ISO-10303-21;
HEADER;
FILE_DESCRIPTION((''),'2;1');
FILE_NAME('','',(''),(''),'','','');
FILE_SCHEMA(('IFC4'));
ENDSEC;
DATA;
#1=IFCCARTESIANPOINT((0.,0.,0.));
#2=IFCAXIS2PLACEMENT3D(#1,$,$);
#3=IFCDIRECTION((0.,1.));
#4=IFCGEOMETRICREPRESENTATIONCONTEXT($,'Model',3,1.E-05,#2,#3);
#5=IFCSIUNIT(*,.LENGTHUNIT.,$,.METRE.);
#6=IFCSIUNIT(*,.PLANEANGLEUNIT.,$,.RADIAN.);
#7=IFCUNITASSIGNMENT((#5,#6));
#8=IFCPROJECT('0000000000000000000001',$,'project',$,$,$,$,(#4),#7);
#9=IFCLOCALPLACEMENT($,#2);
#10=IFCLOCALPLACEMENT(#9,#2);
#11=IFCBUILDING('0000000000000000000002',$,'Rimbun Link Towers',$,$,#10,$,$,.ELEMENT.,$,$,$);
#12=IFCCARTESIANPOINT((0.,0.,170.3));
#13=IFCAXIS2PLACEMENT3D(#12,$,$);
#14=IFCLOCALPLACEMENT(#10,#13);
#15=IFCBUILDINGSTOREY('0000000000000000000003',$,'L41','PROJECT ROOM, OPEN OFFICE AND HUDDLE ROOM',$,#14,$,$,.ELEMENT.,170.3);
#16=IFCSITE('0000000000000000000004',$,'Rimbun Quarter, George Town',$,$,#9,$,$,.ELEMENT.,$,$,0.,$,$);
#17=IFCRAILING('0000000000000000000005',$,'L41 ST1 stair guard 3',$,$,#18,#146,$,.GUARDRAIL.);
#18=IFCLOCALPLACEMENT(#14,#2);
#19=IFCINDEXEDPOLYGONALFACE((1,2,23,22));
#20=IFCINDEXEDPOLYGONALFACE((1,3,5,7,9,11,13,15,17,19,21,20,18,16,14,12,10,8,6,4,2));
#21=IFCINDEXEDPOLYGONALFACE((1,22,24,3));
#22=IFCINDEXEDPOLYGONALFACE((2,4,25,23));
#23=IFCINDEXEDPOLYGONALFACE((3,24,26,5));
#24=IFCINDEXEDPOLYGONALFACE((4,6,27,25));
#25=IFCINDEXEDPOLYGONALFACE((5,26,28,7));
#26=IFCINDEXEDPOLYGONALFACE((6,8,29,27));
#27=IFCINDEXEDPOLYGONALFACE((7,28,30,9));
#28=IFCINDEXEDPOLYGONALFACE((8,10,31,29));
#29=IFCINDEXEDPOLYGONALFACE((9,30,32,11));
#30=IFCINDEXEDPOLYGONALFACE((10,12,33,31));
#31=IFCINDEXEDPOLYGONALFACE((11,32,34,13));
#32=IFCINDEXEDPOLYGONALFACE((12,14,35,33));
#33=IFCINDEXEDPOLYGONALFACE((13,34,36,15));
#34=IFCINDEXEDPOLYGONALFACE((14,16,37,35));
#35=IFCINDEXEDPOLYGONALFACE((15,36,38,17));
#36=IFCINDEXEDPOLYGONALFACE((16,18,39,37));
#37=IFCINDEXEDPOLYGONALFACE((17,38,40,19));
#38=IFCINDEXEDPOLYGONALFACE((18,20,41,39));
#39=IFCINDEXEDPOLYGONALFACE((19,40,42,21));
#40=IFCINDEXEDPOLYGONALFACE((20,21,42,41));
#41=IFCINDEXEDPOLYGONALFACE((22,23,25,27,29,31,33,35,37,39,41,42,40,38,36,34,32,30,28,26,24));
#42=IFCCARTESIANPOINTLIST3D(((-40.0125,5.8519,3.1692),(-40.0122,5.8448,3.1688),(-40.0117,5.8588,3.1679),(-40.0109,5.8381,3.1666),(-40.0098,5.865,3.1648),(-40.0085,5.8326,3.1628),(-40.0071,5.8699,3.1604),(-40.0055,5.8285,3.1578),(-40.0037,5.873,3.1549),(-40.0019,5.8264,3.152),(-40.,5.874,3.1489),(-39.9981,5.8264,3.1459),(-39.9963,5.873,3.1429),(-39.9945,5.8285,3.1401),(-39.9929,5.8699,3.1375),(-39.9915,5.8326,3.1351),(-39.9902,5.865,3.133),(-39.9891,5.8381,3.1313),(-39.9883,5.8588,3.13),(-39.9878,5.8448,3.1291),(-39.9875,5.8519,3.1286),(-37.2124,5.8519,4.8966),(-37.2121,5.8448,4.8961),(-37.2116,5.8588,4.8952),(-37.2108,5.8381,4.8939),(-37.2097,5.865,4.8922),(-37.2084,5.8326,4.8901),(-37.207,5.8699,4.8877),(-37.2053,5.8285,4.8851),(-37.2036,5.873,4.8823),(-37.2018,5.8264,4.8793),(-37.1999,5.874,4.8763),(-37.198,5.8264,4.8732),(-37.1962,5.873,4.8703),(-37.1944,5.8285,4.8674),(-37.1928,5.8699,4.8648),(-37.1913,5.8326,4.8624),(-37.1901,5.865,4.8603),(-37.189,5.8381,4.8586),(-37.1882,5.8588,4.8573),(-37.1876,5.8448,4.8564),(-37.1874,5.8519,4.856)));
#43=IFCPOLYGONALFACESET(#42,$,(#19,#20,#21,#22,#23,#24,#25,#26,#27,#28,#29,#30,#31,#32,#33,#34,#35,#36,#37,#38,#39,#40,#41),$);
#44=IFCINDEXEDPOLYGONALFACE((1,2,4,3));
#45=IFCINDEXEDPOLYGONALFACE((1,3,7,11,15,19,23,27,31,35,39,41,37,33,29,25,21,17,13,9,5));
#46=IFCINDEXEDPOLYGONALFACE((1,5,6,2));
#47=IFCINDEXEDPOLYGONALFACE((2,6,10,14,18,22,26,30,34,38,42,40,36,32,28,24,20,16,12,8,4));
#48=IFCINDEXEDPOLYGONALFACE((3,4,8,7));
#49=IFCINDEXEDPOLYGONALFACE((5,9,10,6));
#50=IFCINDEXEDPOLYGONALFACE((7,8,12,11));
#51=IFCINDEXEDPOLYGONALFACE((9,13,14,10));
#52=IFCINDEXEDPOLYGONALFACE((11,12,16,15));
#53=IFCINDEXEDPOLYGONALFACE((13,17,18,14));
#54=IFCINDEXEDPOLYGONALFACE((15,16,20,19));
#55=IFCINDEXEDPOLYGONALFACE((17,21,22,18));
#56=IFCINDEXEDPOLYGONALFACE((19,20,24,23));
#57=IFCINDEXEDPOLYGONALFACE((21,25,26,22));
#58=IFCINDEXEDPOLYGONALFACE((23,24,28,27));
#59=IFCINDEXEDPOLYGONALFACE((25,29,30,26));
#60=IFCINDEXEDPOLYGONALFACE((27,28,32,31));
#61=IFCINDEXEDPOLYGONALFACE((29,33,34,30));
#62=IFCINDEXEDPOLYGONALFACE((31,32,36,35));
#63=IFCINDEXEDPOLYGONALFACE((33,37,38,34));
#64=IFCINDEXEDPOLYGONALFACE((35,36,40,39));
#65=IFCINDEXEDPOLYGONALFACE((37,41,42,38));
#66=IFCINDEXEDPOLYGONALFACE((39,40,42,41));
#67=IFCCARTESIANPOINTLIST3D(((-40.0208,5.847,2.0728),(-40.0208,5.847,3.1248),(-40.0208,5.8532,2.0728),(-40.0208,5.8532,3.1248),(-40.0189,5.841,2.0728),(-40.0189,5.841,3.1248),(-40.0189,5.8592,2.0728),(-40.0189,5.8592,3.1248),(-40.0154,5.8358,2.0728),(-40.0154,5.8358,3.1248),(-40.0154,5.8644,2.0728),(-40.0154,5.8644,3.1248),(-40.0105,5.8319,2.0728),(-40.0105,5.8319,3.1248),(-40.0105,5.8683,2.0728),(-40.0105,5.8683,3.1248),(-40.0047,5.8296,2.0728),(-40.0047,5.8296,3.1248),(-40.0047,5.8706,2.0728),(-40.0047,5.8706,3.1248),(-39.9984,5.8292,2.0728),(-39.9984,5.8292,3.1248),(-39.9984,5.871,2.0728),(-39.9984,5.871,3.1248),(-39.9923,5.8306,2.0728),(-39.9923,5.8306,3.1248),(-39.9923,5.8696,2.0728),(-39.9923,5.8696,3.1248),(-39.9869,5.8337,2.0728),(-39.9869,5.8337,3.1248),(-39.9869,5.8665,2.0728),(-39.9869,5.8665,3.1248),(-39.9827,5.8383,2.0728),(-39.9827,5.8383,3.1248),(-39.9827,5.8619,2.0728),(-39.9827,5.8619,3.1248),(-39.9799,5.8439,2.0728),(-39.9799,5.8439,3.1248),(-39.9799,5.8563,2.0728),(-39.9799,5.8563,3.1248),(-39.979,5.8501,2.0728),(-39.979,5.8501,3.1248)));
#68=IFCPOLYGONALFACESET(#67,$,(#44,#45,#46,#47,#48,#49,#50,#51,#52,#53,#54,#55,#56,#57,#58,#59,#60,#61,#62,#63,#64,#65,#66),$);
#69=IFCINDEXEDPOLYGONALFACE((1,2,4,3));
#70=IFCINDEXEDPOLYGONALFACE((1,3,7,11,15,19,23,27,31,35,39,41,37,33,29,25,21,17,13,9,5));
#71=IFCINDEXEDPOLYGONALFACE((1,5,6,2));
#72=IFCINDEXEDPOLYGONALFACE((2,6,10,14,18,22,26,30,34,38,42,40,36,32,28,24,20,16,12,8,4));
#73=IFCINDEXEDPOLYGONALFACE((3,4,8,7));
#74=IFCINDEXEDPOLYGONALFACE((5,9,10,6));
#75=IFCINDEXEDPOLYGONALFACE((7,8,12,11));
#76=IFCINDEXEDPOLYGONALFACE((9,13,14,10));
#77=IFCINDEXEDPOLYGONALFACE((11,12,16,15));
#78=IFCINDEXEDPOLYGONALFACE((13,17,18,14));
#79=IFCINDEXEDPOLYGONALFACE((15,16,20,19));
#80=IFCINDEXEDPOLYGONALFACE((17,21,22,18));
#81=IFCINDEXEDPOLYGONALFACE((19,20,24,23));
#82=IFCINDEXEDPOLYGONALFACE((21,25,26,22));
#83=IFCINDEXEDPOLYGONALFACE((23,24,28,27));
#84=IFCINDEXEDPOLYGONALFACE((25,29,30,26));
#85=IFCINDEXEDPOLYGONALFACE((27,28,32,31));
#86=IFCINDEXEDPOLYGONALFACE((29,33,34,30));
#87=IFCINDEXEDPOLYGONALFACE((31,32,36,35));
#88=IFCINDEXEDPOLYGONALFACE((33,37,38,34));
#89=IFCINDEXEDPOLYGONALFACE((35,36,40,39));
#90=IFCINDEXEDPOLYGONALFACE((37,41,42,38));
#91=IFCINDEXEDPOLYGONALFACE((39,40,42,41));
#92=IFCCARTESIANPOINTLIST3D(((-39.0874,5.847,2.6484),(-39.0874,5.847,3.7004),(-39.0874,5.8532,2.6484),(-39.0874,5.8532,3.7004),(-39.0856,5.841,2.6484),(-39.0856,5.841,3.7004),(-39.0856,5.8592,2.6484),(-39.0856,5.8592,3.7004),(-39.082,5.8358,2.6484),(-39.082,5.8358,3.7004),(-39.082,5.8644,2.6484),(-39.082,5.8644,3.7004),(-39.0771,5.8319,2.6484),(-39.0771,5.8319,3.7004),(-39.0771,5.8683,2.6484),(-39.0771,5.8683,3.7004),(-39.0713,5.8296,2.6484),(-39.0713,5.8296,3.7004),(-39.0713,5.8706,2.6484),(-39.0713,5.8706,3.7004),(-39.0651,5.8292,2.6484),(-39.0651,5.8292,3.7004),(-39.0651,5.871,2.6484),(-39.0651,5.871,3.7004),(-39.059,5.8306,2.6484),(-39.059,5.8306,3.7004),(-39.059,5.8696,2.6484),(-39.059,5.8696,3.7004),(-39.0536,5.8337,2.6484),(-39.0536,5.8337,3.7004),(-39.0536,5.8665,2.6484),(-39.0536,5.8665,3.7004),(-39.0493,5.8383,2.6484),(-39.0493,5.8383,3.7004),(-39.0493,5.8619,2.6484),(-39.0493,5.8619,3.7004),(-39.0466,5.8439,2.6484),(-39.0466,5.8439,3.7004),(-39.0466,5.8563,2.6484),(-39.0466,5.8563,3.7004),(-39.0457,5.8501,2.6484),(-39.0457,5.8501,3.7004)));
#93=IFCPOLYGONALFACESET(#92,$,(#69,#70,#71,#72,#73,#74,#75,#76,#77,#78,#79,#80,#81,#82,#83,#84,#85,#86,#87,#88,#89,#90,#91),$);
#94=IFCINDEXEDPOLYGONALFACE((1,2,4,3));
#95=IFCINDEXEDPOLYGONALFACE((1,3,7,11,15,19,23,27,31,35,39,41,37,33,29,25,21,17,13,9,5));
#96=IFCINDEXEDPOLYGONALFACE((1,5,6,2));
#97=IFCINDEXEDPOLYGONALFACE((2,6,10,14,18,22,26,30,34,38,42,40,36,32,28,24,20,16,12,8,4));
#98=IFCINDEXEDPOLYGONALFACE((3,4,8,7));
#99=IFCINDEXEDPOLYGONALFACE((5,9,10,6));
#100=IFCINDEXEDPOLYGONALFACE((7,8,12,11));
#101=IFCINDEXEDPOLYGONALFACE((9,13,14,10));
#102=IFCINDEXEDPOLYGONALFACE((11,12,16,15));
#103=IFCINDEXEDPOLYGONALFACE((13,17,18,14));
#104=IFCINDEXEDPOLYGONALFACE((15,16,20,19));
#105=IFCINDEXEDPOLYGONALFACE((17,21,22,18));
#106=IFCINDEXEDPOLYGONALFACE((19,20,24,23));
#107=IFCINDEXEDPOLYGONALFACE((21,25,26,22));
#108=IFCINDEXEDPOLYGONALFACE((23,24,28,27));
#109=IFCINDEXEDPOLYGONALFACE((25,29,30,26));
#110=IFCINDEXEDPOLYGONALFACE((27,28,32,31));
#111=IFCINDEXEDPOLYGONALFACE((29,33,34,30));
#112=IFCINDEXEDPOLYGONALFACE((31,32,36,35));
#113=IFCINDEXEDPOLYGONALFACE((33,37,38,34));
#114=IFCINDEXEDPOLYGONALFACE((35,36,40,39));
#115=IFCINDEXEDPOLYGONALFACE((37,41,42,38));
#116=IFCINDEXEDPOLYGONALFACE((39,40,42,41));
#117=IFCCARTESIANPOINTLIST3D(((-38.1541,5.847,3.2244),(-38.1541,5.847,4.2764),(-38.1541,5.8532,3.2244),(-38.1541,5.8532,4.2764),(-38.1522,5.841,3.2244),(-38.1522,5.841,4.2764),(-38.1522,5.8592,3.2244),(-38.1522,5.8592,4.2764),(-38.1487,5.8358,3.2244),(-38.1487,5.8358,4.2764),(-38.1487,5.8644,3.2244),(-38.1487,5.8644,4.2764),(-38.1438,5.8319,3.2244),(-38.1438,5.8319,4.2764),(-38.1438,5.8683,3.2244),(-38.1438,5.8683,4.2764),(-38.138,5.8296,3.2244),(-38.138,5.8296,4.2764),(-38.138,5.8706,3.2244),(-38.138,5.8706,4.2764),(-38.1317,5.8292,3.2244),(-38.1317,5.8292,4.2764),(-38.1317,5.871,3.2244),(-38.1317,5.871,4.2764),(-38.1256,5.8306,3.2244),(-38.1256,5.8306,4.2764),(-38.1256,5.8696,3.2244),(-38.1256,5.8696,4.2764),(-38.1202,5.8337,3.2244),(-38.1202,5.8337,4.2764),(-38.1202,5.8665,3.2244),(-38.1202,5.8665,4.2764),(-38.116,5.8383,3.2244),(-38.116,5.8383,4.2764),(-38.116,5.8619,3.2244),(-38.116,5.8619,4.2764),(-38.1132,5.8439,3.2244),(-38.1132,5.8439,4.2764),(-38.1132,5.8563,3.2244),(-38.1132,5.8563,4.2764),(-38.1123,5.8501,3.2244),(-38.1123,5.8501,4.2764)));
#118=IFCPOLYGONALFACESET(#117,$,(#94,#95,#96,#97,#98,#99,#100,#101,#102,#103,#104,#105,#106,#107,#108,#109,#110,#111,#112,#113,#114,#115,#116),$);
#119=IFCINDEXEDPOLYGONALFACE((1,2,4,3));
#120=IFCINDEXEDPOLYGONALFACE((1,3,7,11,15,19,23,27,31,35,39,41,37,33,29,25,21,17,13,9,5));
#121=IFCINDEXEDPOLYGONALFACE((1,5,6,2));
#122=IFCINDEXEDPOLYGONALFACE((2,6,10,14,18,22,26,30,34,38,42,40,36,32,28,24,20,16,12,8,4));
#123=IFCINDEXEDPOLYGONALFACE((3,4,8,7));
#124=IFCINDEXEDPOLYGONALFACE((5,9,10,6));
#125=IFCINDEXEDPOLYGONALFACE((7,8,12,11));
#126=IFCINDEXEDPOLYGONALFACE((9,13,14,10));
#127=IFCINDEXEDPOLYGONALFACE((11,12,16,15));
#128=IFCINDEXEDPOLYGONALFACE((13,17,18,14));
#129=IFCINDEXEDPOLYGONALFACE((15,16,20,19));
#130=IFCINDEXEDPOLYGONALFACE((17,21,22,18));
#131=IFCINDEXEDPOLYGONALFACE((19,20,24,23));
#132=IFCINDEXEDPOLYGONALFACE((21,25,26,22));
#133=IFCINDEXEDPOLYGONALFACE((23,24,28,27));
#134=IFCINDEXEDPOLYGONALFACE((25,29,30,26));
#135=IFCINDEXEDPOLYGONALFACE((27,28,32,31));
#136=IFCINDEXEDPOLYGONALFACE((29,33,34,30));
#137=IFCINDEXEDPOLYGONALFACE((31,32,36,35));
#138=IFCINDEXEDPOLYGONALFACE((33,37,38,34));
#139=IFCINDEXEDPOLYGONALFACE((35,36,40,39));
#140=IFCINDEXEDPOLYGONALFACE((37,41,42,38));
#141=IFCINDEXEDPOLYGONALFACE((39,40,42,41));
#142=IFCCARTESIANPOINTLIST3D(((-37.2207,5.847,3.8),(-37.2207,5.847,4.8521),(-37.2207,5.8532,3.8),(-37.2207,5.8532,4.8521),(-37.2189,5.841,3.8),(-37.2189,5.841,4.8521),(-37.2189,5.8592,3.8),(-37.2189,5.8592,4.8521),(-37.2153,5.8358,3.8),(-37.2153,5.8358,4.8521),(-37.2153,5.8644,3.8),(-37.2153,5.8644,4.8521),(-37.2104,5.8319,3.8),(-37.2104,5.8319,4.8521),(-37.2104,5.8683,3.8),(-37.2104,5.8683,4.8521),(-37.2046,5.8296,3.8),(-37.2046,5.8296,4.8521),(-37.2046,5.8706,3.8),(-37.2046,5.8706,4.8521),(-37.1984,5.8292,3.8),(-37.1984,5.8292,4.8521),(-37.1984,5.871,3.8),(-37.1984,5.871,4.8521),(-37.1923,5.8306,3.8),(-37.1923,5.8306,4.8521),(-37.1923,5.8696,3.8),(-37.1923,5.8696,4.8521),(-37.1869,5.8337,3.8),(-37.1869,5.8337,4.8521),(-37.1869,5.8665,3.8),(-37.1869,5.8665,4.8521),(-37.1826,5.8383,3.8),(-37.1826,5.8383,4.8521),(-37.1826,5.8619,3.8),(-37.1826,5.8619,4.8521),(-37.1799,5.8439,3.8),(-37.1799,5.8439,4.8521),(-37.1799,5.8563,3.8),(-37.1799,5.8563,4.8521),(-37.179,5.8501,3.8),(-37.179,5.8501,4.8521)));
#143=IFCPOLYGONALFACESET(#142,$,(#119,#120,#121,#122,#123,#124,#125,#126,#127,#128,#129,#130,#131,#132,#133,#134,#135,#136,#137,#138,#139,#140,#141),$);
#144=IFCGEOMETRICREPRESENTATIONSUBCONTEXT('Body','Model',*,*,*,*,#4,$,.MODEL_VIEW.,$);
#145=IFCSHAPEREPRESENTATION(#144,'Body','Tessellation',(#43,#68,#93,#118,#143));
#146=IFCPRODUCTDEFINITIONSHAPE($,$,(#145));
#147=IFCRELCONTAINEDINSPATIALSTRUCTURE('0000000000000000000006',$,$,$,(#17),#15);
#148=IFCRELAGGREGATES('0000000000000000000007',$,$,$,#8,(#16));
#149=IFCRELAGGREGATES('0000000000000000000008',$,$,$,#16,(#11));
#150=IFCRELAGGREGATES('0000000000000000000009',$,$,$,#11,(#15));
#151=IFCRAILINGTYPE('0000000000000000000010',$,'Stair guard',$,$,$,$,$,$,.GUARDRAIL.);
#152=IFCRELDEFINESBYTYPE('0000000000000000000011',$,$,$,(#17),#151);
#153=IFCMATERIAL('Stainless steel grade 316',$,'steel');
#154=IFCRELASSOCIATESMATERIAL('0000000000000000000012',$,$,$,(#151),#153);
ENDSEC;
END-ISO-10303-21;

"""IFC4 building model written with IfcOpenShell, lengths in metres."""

from ifc_helpers import new_model, si_unit, direction, frame, origin, origin_2d, place, context, subcontext, project, spatial, circle, extrude, material, type_object, element, save


model = new_model("IFC4")

# Units and contexts
model_context = context("Model", 3, precision=1e-05, world=origin(), true_north=direction((0.0, 1.0)))
body_context = subcontext(model_context, "Body", "Model", "MODEL_VIEW")
ifc_project = project(units=[si_unit("LENGTHUNIT", "METRE"), si_unit("PLANEANGLEUNIT", "RADIAN")], contexts=[model_context])

# Site, building, storey
site_placement = place(None, origin())
site = spatial("IfcSite", under=ifc_project, at=site_placement, Name="Rimbun Quarter, George Town", CompositionType="ELEMENT", RefElevation=0.0)
building_placement = place(site_placement, origin())
building = spatial("IfcBuilding", under=site, at=building_placement, Name="Rimbun Link Towers", CompositionType="ELEMENT")
storey_placement = place(building_placement, frame((0.0, 0.0, 170.3)))
storey = spatial("IfcBuildingStorey", under=building, at=storey_placement, Name="L41", Description="PROJECT ROOM, OPEN OFFICE AND HUDDLE ROOM", CompositionType="ELEMENT", Elevation=170.3)

# Railing
ifc_material_1 = material(Name="Stainless steel grade 316", Category="steel")
railing_type_1 = type_object("IfcRailingType", Name="Stair guard", PredefinedType="GUARDRAIL", material=ifc_material_1)
railing_1_placement = place(storey_placement, frame((-40.0, 5.8501, 2.0728)))
element("IfcRailing", 1, at=railing_1_placement, inside=storey, type_object=railing_type_1, Name="L41 ST1 stair guard 3", PredefinedType="GUARDRAIL", context=body_context, shape_type="SweptSolid", body=[
    extrude(circle(Radius=0.0239, at=origin_2d()), frame((0.0, 0.0, 1.0762), z_axis=(0.85109, 0.0, 0.52502), x_axis=(0.0, 1.0, 0.0)), (0.0, 0.0, 1.0), 3.29),
    extrude(circle(Radius=0.021, at=origin_2d()), origin(), (0.0, 0.0, 1.0), 1.052),
    extrude(circle(Radius=0.021, at=origin_2d()), frame((0.9333, 0.0, 0.5757)), (0.0, 0.0, 1.0), 1.052),
    extrude(circle(Radius=0.021, at=origin_2d()), frame((1.8667, 0.0, 1.1516)), (0.0, 0.0, 1.0), 1.052),
    extrude(circle(Radius=0.021, at=origin_2d()), frame((2.8, 0.0, 1.7273)), (0.0, 0.0, 1.0), 1.052),
])

save(model, "model.ifc")
